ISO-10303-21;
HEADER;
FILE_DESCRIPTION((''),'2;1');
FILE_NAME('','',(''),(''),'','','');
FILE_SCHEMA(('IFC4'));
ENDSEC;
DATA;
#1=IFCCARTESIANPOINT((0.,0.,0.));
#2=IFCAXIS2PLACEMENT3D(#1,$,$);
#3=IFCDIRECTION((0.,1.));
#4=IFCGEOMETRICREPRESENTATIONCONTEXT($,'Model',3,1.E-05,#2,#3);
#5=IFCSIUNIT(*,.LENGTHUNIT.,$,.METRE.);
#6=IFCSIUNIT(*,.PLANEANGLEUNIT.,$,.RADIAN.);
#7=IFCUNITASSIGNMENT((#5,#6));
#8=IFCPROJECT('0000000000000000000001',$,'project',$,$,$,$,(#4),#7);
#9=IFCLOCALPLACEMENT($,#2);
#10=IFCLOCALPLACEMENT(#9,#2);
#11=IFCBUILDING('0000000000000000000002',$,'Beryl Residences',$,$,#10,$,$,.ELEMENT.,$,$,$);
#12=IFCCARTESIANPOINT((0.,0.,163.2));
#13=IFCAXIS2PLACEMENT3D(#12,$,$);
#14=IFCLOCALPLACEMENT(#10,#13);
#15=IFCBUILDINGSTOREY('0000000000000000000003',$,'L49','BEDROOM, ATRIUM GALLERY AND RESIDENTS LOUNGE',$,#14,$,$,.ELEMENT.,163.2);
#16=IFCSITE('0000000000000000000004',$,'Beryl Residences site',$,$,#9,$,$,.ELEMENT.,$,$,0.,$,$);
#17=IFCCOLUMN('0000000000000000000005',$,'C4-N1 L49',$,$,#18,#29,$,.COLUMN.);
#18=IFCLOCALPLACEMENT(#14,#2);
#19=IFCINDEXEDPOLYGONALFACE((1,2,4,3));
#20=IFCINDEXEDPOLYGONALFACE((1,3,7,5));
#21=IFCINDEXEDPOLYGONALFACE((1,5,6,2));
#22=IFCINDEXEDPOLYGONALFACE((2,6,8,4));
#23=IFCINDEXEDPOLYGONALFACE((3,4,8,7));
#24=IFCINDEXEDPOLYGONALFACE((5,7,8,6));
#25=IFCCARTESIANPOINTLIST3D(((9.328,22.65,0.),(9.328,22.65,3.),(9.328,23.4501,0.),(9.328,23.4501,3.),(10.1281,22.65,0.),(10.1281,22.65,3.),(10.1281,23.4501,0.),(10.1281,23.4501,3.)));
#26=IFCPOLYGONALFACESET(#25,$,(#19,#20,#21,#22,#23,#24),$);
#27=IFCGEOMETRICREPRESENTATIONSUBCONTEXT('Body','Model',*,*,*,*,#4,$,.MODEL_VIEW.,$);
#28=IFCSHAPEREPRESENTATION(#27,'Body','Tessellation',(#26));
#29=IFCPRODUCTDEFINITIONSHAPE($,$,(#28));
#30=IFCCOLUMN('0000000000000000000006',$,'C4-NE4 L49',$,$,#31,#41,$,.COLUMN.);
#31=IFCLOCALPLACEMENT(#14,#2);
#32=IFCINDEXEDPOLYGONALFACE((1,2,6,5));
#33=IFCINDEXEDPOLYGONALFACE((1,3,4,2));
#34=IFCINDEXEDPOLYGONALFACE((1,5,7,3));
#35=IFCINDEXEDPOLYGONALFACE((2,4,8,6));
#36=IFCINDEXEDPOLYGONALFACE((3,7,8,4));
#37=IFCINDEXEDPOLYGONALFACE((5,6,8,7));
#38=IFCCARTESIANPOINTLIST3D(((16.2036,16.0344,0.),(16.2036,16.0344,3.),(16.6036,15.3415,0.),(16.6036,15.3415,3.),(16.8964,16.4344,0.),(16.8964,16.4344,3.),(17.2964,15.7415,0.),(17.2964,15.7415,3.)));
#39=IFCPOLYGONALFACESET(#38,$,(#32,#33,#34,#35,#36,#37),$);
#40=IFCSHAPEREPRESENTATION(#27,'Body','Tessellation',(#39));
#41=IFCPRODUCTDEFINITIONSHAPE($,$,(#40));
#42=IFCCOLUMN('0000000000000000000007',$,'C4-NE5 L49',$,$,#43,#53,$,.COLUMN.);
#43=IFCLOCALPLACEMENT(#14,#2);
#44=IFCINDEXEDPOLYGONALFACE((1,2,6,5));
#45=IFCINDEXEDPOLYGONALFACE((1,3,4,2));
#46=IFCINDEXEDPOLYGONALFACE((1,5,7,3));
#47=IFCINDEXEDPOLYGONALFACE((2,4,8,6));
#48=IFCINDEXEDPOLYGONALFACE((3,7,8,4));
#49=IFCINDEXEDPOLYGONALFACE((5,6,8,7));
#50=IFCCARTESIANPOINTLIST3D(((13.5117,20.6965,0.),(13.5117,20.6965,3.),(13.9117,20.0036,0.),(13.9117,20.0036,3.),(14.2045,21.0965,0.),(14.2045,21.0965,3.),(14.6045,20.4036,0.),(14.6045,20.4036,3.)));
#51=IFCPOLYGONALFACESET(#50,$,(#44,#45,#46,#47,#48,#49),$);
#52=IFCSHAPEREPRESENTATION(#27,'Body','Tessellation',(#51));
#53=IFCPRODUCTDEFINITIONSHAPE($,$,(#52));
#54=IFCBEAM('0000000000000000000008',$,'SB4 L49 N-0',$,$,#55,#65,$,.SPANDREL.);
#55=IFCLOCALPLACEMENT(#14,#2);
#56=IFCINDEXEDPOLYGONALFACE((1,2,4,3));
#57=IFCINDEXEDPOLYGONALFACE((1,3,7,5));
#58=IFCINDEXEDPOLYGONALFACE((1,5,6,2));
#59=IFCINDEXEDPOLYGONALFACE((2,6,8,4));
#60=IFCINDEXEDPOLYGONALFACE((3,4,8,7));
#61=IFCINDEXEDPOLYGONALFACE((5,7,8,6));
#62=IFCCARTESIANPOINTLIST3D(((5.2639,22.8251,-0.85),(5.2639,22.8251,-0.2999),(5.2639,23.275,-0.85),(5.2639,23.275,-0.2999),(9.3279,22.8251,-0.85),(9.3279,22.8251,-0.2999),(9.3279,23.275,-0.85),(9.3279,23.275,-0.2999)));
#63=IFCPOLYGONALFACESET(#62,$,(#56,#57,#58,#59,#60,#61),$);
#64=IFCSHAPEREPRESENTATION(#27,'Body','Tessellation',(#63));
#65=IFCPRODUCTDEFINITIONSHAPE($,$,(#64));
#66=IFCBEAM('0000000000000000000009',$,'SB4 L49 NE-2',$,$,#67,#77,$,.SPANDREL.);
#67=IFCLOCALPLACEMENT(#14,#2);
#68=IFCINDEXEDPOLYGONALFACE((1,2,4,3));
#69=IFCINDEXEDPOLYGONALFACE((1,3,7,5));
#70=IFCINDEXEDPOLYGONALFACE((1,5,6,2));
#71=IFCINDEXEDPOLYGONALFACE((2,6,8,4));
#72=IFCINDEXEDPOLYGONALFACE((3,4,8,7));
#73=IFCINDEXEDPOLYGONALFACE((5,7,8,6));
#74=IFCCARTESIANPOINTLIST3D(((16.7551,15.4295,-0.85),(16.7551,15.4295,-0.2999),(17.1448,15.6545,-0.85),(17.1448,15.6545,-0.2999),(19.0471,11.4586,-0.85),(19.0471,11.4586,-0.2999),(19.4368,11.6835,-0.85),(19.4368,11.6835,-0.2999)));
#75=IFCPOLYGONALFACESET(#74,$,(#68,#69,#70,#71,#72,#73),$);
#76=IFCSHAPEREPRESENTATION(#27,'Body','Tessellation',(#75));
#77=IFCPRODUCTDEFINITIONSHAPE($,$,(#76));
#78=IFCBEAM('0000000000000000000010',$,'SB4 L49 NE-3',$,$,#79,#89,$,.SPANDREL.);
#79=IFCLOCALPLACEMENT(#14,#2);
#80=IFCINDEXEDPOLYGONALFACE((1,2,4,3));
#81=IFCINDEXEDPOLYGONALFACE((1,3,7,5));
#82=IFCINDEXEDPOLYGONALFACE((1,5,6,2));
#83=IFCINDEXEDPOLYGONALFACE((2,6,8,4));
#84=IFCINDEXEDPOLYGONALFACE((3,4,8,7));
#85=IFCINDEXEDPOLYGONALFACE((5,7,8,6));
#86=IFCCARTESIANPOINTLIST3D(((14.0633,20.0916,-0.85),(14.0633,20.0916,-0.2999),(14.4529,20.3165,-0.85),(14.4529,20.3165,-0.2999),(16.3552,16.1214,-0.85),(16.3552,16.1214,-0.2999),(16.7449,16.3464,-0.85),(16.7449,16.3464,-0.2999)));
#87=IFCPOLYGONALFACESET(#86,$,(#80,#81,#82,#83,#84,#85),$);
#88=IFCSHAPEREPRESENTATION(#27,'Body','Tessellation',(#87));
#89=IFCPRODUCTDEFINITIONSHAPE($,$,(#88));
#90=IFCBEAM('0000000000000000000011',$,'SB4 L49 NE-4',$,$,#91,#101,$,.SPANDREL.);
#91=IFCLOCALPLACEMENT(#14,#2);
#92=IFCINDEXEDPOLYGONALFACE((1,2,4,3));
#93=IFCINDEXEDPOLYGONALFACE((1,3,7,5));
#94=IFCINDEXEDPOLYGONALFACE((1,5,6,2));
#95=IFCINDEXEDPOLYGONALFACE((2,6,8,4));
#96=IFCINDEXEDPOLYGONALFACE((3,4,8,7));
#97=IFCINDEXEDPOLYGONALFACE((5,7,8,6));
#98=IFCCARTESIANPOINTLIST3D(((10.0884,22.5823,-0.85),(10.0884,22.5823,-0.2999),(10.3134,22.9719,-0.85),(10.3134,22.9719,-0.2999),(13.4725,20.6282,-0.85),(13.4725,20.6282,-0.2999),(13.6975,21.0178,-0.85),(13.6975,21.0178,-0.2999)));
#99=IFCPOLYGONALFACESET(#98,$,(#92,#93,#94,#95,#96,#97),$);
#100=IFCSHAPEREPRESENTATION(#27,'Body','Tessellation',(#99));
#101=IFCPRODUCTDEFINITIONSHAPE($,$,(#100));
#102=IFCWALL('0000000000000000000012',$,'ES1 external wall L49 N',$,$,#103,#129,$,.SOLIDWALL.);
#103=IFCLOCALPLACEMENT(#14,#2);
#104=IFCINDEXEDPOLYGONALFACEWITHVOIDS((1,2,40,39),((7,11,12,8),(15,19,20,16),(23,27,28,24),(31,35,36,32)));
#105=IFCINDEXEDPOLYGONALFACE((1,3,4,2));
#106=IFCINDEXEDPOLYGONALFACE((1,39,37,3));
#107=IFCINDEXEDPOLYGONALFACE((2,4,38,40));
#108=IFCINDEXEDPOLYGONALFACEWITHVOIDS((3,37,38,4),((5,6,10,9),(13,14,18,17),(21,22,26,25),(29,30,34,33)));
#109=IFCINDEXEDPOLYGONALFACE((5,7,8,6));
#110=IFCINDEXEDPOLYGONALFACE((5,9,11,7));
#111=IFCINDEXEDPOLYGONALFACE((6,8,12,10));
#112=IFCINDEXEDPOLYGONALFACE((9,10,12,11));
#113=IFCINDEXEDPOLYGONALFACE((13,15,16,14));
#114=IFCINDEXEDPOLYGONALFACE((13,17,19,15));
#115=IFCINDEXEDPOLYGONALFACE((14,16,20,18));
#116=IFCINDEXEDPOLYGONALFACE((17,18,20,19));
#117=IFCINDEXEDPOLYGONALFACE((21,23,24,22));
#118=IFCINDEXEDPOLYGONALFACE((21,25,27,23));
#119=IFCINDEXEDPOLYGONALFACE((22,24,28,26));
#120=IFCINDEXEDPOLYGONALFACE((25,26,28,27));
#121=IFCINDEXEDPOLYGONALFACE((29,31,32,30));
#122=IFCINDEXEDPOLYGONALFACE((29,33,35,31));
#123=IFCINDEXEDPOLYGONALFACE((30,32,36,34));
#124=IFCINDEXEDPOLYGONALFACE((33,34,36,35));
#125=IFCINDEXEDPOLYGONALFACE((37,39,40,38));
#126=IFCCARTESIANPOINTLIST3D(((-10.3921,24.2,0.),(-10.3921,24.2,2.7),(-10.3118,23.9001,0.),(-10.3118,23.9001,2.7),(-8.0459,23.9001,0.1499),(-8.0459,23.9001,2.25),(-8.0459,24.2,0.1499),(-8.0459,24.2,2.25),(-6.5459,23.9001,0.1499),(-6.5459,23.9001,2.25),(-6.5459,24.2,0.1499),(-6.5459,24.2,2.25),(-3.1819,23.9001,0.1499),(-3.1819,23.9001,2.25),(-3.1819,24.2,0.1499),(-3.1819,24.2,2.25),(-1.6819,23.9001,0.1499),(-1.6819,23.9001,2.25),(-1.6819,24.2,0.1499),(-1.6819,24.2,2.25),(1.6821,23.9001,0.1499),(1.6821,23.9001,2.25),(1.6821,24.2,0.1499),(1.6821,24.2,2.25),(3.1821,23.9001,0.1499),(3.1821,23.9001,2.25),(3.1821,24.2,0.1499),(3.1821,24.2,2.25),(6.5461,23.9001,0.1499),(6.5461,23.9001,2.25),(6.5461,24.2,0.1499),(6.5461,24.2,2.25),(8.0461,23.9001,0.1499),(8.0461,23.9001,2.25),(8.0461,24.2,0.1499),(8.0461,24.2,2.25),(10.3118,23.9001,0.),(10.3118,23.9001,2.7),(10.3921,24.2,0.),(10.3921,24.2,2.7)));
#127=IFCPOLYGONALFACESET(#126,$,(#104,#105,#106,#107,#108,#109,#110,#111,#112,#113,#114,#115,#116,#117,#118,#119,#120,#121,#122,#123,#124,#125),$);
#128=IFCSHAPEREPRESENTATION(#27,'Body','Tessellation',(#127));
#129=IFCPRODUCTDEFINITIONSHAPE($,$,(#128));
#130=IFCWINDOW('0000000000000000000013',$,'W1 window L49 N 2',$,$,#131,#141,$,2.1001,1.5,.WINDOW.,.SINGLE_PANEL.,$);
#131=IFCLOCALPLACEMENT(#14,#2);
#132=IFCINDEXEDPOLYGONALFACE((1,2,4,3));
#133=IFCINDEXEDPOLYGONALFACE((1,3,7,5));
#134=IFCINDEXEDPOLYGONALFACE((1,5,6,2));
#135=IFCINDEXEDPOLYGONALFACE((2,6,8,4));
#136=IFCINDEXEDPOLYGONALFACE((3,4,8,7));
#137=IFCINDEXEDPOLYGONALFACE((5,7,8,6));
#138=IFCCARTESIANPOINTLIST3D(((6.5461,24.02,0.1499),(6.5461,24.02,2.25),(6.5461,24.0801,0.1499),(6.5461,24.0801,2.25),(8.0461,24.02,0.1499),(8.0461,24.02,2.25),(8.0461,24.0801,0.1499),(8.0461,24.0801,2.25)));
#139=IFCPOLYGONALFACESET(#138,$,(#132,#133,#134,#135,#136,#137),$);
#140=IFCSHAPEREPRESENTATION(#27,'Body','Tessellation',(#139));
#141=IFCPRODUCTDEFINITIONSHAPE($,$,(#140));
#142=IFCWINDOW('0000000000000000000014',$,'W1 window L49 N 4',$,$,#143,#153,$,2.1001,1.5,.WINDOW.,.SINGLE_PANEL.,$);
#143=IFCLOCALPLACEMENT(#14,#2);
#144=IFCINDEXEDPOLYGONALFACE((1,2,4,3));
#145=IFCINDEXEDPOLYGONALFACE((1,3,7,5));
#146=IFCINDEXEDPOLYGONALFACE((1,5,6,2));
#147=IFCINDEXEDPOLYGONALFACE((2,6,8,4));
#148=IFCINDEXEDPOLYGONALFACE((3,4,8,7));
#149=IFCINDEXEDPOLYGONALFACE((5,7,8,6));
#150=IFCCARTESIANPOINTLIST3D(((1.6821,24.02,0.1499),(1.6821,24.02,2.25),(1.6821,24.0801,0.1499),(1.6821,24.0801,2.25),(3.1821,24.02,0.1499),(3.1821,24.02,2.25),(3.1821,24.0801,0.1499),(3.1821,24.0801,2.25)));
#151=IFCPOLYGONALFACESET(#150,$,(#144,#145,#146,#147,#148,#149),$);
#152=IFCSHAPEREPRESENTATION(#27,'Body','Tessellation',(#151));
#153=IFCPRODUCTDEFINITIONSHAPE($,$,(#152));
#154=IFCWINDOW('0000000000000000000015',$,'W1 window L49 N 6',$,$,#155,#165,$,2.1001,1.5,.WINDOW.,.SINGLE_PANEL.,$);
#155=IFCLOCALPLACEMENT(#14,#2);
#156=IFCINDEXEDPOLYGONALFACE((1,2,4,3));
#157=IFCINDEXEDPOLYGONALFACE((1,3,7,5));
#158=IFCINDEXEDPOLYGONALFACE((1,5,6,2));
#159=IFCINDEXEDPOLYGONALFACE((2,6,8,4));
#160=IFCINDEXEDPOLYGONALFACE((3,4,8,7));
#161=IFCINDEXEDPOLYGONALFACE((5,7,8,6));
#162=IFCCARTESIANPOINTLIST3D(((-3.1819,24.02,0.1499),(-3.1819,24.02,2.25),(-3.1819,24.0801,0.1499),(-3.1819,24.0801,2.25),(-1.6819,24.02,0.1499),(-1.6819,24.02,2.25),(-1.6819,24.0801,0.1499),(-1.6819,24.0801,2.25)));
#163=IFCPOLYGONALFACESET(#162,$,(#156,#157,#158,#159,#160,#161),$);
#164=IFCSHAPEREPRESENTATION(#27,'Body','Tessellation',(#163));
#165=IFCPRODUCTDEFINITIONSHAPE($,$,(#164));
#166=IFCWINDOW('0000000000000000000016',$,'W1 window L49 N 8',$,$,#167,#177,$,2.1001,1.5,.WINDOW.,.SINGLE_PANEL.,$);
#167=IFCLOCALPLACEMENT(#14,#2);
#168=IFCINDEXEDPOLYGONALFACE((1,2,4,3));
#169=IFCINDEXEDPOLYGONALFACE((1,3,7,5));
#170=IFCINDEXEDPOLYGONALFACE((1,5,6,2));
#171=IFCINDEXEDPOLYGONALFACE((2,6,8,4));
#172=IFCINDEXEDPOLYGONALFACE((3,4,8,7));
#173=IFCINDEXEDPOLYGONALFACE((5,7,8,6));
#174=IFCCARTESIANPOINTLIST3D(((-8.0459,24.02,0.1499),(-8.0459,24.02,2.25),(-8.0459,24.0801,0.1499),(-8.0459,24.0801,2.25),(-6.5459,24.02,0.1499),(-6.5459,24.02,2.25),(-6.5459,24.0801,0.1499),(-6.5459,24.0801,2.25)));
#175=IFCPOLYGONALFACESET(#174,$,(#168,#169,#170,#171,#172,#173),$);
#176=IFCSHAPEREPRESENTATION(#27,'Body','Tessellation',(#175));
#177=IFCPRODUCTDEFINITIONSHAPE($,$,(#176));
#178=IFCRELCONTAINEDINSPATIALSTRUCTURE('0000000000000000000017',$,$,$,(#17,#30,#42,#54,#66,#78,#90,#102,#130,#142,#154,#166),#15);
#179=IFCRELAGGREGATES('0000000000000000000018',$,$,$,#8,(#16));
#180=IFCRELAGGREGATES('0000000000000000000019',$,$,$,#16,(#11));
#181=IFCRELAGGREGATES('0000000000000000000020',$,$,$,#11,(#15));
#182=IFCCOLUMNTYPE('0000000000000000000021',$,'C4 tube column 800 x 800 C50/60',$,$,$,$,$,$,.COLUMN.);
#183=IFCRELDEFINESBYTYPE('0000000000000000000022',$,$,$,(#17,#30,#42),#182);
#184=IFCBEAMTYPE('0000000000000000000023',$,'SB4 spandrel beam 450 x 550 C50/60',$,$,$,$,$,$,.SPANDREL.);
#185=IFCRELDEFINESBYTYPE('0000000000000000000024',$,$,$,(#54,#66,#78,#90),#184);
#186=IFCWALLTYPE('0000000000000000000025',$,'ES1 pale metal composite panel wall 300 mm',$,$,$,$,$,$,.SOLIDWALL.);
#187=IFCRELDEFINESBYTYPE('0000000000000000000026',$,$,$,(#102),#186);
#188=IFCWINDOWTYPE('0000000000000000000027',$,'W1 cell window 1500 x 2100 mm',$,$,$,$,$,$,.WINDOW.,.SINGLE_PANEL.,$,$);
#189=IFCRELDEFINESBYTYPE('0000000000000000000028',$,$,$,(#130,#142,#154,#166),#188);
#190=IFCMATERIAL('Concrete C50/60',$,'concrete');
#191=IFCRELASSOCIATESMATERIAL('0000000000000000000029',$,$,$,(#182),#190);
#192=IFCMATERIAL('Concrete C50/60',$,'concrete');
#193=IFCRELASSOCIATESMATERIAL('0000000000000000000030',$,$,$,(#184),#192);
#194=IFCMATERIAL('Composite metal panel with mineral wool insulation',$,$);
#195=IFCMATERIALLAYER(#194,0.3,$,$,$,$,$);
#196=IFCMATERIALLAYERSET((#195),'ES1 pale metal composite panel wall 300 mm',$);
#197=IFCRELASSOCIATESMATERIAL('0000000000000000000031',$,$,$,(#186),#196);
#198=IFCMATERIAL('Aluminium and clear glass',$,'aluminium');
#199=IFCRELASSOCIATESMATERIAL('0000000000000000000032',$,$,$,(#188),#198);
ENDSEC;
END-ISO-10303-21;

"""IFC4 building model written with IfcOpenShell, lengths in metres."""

from ifc_helpers import new_model, si_unit, direction, frame, frame_2d, origin, origin_2d, place, context, subcontext, project, spatial, polyline, rectangle, outline, extrude, material, layer, layer_set, material_profile, profile_set, type_object, element, fill, save


model = new_model("IFC4")

# Units and contexts
model_context = context("Model", 3, precision=1e-05, world=origin(), true_north=direction((0.0, 1.0)))
body_context = subcontext(model_context, "Body", "Model", "MODEL_VIEW")
ifc_project = project(units=[si_unit("LENGTHUNIT", "METRE"), si_unit("PLANEANGLEUNIT", "RADIAN")], contexts=[model_context])

# Site, building, storey
site_placement = place(None, origin())
site = spatial("IfcSite", under=ifc_project, at=site_placement, Name="Beryl Residences site", CompositionType="ELEMENT", RefElevation=0.0)
building_placement = place(site_placement, origin())
building = spatial("IfcBuilding", under=site, at=building_placement, Name="Beryl Residences", CompositionType="ELEMENT")
storey_placement = place(building_placement, frame((0.0, 0.0, 163.2)))
storey = spatial("IfcBuildingStorey", under=building, at=storey_placement, Name="L49", Description="BEDROOM, ATRIUM GALLERY AND RESIDENTS LOUNGE", CompositionType="ELEMENT", Elevation=163.2)

# Columns
ifc_material_1 = material(Name="Concrete C50/60", Category="concrete")
ifc_material_profile_1 = material_profile(ifc_material_1, rectangle(XDim=0.8, YDim=0.8, at=origin_2d()))
ifc_profile_set_1 = profile_set([ifc_material_profile_1], Name="Concrete C50/60")
column_type = type_object("IfcColumnType", Name="C4 tube column 800 x 800 C50/60", PredefinedType="COLUMN", material=ifc_profile_set_1)
for number, where, z_axis, x_axis, name in (
    (1, (9.728, 23.05, 0.0), (0.0, 0.0, 1.0), (-1.0, 0.0, 0.0), "C4-N1 L49"),
    (2, (16.75, 15.8879, 0.0), (0.0, 0.0, 1.0), (-0.5, 0.866025, 0.0), "C4-NE4 L49"),
    (3, (14.0581, 20.55, 0.0), (0.0, 0.0, 1.0), (-0.5, 0.866025, 0.0), "C4-NE5 L49"),
):
    element("IfcColumn", number, at=place(storey_placement, frame(where, z_axis=z_axis, x_axis=x_axis)), inside=storey, type_object=column_type, Name=name, PredefinedType="COLUMN", context=body_context, shape_type="SweptSolid", body=[
        extrude(rectangle(XDim=0.8, YDim=0.8, at=origin_2d()), origin(), (0.0, 0.0, 1.0), 3.0),
    ])

# Beams
ifc_material_2 = material(Name="Concrete C50/60", Category="concrete")
ifc_material_profile_2 = material_profile(ifc_material_2, rectangle(XDim=0.45, YDim=0.55, at=origin_2d()))
ifc_profile_set_2 = profile_set([ifc_material_profile_2], Name="Concrete C50/60")
beam_type = type_object("IfcBeamType", Name="SB4 spandrel beam 450 x 550 C50/60", PredefinedType="SPANDREL", material=ifc_profile_set_2)
beam_1_placement = place(storey_placement, frame((9.3279, 23.05, -0.575), z_axis=(-1.0, 0.0, 0.0), x_axis=(0.0, -1.0, 0.0)))
element("IfcBeam", 4, at=beam_1_placement, inside=storey, type_object=beam_type, Name="SB4 L49 N-0", PredefinedType="SPANDREL", context=body_context, shape_type="SweptSolid", body=[
    extrude(rectangle(XDim=0.45, YDim=0.55, at=origin_2d()), origin(), (0.0, 0.0, 1.0), 4.064),
])
beam_2_placement = place(storey_placement, frame((19.2419, 11.571, -0.575), z_axis=(-0.499896, 0.866085, 0.0), x_axis=(-0.866085, -0.499896, 0.0)))
element("IfcBeam", 5, at=beam_2_placement, inside=storey, type_object=beam_type, Name="SB4 L49 NE-2", PredefinedType="SPANDREL", context=body_context, shape_type="SweptSolid", body=[
    extrude(rectangle(XDim=0.45, YDim=0.55, at=origin_2d()), origin(), (0.0, 0.0, 1.0), 4.585),
])
beam_3_placement = place(storey_placement, frame((16.55, 16.2339, -0.575), z_axis=(-0.499965, 0.866045, 0.0), x_axis=(-0.866045, -0.499965, 0.0)))
element("IfcBeam", 6, at=beam_3_placement, inside=storey, type_object=beam_type, Name="SB4 L49 NE-3", PredefinedType="SPANDREL", context=body_context, shape_type="SweptSolid", body=[
    extrude(rectangle(XDim=0.45, YDim=0.55, at=origin_2d()), origin(), (0.0, 0.0, 1.0), 4.5842),
])
beam_4_placement = place(storey_placement, frame((13.585, 20.823, -0.575), z_axis=(-0.865989, 0.500063, 0.0), x_axis=(-0.500063, -0.865989, 0.0)))
element("IfcBeam", 7, at=beam_4_placement, inside=storey, type_object=beam_type, Name="SB4 L49 NE-4", PredefinedType="SPANDREL", context=body_context, shape_type="SweptSolid", body=[
    extrude(rectangle(XDim=0.45, YDim=0.55, at=origin_2d()), origin(), (0.0, 0.0, 1.0), 3.9077),
])

# Wall, openings, windows
ifc_material_3 = material(Name="Composite metal panel with mineral wool insulation")
ifc_layer_1 = layer(ifc_material_3, 0.3)
ifc_layer_set_1 = layer_set([ifc_layer_1], Name="ES1 pale metal composite panel wall 300 mm")
wall_type_1 = type_object("IfcWallType", Name="ES1 pale metal composite panel wall 300 mm", PredefinedType="SOLIDWALL", material=ifc_layer_set_1)
wall_1_placement = place(storey_placement, frame((10.3921, 24.05, 0.0), z_axis=(0.0, 0.0, 1.0), x_axis=(-1.0, 0.0, 0.0)))
wall_1 = element("IfcWall", 8, at=wall_1_placement, inside=storey, type_object=wall_type_1, Name="ES1 external wall L49 N", PredefinedType="SOLIDWALL", context=body_context, shape_type="SweptSolid", body=[
    extrude(outline(polyline([(0.0, -0.1499), (20.7842, -0.1499), (20.7039, 0.1499), (0.0803, 0.1499), (0.0, -0.1499)])), origin(), (0.0, 0.0, 1.0), 2.7),
])
opening_1_placement = place(wall_1_placement, frame((2.3459, 0.0, 0.1499)))
opening_1 = element("IfcOpeningElement", 9, at=opening_1_placement, cuts=wall_1, PredefinedType="OPENING", context=body_context, shape_type="SweptSolid", body=[
    extrude(rectangle(XDim=1.5, YDim=2.1001, at=frame_2d((0.75, 1.05))), frame((0.0, 0.1599, 0.0), z_axis=(0.0, -1.0, 0.0), x_axis=(1.0, 0.0, 0.0)), (0.0, 0.0, 1.0), 0.3201),
])
opening_2_placement = place(wall_1_placement, frame((7.21, 0.0, 0.1499)))
opening_2 = element("IfcOpeningElement", 10, at=opening_2_placement, cuts=wall_1, PredefinedType="OPENING", context=body_context, shape_type="SweptSolid", body=[
    extrude(rectangle(XDim=1.5, YDim=2.1001, at=frame_2d((0.75, 1.05))), frame((0.0, 0.1599, 0.0), z_axis=(0.0, -1.0, 0.0), x_axis=(1.0, 0.0, 0.0)), (0.0, 0.0, 1.0), 0.3201),
])
opening_3_placement = place(wall_1_placement, frame((12.074, 0.0, 0.1499)))
opening_3 = element("IfcOpeningElement", 11, at=opening_3_placement, cuts=wall_1, PredefinedType="OPENING", context=body_context, shape_type="SweptSolid", body=[
    extrude(rectangle(XDim=1.5, YDim=2.1001, at=frame_2d((0.75, 1.05))), frame((0.0, 0.1599, 0.0), z_axis=(0.0, -1.0, 0.0), x_axis=(1.0, 0.0, 0.0)), (0.0, 0.0, 1.0), 0.3201),
])
opening_4_placement = place(wall_1_placement, frame((16.938, 0.0, 0.1499)))
opening_4 = element("IfcOpeningElement", 12, at=opening_4_placement, cuts=wall_1, PredefinedType="OPENING", context=body_context, shape_type="SweptSolid", body=[
    extrude(rectangle(XDim=1.5, YDim=2.1001, at=frame_2d((0.75, 1.05))), frame((0.0, 0.1599, 0.0), z_axis=(0.0, -1.0, 0.0), x_axis=(1.0, 0.0, 0.0)), (0.0, 0.0, 1.0), 0.3201),
])
ifc_material_4 = material(Name="Aluminium and clear glass", Category="aluminium")
window_type_1 = type_object("IfcWindowType", Name="W1 cell window 1500 x 2100 mm", PartitioningType="SINGLE_PANEL", PredefinedType="WINDOW", material=ifc_material_4)
window_1_placement = place(opening_1_placement, origin())
window_1 = element("IfcWindow", 13, at=window_1_placement, inside=storey, type_object=window_type_1, Name="W1 window L49 N 2", OverallHeight=2.1001, OverallWidth=1.5, PartitioningType="SINGLE_PANEL", PredefinedType="WINDOW", context=body_context, shape_type="SweptSolid", body=[
    extrude(rectangle(XDim=1.5, YDim=2.1001, at=frame_2d((0.75, 1.05))), frame((0.0, 0.03, 0.0), z_axis=(0.0, -1.0, 0.0), x_axis=(1.0, 0.0, 0.0)), (0.0, 0.0, 1.0), 0.0601),
])
fill(opening_1, window_1)
window_2_placement = place(opening_2_placement, origin())
window_2 = element("IfcWindow", 14, at=window_2_placement, inside=storey, type_object=window_type_1, Name="W1 window L49 N 4", OverallHeight=2.1001, OverallWidth=1.5, PartitioningType="SINGLE_PANEL", PredefinedType="WINDOW", context=body_context, shape_type="SweptSolid", body=[
    extrude(rectangle(XDim=1.5, YDim=2.1001, at=frame_2d((0.75, 1.05))), frame((0.0, 0.03, 0.0), z_axis=(0.0, -1.0, 0.0), x_axis=(1.0, 0.0, 0.0)), (0.0, 0.0, 1.0), 0.0601),
])
fill(opening_2, window_2)
window_3_placement = place(opening_3_placement, origin())
window_3 = element("IfcWindow", 15, at=window_3_placement, inside=storey, type_object=window_type_1, Name="W1 window L49 N 6", OverallHeight=2.1001, OverallWidth=1.5, PartitioningType="SINGLE_PANEL", PredefinedType="WINDOW", context=body_context, shape_type="SweptSolid", body=[
    extrude(rectangle(XDim=1.5, YDim=2.1001, at=frame_2d((0.75, 1.05))), frame((0.0, 0.03, 0.0), z_axis=(0.0, -1.0, 0.0), x_axis=(1.0, 0.0, 0.0)), (0.0, 0.0, 1.0), 0.0601),
])
fill(opening_3, window_3)
window_4_placement = place(opening_4_placement, origin())
window_4 = element("IfcWindow", 16, at=window_4_placement, inside=storey, type_object=window_type_1, Name="W1 window L49 N 8", OverallHeight=2.1001, OverallWidth=1.5, PartitioningType="SINGLE_PANEL", PredefinedType="WINDOW", context=body_context, shape_type="SweptSolid", body=[
    extrude(rectangle(XDim=1.5, YDim=2.1001, at=frame_2d((0.75, 1.05))), frame((0.0, 0.03, 0.0), z_axis=(0.0, -1.0, 0.0), x_axis=(1.0, 0.0, 0.0)), (0.0, 0.0, 1.0), 0.0601),
])
fill(opening_4, window_4)

save(model, "model.ifc")
